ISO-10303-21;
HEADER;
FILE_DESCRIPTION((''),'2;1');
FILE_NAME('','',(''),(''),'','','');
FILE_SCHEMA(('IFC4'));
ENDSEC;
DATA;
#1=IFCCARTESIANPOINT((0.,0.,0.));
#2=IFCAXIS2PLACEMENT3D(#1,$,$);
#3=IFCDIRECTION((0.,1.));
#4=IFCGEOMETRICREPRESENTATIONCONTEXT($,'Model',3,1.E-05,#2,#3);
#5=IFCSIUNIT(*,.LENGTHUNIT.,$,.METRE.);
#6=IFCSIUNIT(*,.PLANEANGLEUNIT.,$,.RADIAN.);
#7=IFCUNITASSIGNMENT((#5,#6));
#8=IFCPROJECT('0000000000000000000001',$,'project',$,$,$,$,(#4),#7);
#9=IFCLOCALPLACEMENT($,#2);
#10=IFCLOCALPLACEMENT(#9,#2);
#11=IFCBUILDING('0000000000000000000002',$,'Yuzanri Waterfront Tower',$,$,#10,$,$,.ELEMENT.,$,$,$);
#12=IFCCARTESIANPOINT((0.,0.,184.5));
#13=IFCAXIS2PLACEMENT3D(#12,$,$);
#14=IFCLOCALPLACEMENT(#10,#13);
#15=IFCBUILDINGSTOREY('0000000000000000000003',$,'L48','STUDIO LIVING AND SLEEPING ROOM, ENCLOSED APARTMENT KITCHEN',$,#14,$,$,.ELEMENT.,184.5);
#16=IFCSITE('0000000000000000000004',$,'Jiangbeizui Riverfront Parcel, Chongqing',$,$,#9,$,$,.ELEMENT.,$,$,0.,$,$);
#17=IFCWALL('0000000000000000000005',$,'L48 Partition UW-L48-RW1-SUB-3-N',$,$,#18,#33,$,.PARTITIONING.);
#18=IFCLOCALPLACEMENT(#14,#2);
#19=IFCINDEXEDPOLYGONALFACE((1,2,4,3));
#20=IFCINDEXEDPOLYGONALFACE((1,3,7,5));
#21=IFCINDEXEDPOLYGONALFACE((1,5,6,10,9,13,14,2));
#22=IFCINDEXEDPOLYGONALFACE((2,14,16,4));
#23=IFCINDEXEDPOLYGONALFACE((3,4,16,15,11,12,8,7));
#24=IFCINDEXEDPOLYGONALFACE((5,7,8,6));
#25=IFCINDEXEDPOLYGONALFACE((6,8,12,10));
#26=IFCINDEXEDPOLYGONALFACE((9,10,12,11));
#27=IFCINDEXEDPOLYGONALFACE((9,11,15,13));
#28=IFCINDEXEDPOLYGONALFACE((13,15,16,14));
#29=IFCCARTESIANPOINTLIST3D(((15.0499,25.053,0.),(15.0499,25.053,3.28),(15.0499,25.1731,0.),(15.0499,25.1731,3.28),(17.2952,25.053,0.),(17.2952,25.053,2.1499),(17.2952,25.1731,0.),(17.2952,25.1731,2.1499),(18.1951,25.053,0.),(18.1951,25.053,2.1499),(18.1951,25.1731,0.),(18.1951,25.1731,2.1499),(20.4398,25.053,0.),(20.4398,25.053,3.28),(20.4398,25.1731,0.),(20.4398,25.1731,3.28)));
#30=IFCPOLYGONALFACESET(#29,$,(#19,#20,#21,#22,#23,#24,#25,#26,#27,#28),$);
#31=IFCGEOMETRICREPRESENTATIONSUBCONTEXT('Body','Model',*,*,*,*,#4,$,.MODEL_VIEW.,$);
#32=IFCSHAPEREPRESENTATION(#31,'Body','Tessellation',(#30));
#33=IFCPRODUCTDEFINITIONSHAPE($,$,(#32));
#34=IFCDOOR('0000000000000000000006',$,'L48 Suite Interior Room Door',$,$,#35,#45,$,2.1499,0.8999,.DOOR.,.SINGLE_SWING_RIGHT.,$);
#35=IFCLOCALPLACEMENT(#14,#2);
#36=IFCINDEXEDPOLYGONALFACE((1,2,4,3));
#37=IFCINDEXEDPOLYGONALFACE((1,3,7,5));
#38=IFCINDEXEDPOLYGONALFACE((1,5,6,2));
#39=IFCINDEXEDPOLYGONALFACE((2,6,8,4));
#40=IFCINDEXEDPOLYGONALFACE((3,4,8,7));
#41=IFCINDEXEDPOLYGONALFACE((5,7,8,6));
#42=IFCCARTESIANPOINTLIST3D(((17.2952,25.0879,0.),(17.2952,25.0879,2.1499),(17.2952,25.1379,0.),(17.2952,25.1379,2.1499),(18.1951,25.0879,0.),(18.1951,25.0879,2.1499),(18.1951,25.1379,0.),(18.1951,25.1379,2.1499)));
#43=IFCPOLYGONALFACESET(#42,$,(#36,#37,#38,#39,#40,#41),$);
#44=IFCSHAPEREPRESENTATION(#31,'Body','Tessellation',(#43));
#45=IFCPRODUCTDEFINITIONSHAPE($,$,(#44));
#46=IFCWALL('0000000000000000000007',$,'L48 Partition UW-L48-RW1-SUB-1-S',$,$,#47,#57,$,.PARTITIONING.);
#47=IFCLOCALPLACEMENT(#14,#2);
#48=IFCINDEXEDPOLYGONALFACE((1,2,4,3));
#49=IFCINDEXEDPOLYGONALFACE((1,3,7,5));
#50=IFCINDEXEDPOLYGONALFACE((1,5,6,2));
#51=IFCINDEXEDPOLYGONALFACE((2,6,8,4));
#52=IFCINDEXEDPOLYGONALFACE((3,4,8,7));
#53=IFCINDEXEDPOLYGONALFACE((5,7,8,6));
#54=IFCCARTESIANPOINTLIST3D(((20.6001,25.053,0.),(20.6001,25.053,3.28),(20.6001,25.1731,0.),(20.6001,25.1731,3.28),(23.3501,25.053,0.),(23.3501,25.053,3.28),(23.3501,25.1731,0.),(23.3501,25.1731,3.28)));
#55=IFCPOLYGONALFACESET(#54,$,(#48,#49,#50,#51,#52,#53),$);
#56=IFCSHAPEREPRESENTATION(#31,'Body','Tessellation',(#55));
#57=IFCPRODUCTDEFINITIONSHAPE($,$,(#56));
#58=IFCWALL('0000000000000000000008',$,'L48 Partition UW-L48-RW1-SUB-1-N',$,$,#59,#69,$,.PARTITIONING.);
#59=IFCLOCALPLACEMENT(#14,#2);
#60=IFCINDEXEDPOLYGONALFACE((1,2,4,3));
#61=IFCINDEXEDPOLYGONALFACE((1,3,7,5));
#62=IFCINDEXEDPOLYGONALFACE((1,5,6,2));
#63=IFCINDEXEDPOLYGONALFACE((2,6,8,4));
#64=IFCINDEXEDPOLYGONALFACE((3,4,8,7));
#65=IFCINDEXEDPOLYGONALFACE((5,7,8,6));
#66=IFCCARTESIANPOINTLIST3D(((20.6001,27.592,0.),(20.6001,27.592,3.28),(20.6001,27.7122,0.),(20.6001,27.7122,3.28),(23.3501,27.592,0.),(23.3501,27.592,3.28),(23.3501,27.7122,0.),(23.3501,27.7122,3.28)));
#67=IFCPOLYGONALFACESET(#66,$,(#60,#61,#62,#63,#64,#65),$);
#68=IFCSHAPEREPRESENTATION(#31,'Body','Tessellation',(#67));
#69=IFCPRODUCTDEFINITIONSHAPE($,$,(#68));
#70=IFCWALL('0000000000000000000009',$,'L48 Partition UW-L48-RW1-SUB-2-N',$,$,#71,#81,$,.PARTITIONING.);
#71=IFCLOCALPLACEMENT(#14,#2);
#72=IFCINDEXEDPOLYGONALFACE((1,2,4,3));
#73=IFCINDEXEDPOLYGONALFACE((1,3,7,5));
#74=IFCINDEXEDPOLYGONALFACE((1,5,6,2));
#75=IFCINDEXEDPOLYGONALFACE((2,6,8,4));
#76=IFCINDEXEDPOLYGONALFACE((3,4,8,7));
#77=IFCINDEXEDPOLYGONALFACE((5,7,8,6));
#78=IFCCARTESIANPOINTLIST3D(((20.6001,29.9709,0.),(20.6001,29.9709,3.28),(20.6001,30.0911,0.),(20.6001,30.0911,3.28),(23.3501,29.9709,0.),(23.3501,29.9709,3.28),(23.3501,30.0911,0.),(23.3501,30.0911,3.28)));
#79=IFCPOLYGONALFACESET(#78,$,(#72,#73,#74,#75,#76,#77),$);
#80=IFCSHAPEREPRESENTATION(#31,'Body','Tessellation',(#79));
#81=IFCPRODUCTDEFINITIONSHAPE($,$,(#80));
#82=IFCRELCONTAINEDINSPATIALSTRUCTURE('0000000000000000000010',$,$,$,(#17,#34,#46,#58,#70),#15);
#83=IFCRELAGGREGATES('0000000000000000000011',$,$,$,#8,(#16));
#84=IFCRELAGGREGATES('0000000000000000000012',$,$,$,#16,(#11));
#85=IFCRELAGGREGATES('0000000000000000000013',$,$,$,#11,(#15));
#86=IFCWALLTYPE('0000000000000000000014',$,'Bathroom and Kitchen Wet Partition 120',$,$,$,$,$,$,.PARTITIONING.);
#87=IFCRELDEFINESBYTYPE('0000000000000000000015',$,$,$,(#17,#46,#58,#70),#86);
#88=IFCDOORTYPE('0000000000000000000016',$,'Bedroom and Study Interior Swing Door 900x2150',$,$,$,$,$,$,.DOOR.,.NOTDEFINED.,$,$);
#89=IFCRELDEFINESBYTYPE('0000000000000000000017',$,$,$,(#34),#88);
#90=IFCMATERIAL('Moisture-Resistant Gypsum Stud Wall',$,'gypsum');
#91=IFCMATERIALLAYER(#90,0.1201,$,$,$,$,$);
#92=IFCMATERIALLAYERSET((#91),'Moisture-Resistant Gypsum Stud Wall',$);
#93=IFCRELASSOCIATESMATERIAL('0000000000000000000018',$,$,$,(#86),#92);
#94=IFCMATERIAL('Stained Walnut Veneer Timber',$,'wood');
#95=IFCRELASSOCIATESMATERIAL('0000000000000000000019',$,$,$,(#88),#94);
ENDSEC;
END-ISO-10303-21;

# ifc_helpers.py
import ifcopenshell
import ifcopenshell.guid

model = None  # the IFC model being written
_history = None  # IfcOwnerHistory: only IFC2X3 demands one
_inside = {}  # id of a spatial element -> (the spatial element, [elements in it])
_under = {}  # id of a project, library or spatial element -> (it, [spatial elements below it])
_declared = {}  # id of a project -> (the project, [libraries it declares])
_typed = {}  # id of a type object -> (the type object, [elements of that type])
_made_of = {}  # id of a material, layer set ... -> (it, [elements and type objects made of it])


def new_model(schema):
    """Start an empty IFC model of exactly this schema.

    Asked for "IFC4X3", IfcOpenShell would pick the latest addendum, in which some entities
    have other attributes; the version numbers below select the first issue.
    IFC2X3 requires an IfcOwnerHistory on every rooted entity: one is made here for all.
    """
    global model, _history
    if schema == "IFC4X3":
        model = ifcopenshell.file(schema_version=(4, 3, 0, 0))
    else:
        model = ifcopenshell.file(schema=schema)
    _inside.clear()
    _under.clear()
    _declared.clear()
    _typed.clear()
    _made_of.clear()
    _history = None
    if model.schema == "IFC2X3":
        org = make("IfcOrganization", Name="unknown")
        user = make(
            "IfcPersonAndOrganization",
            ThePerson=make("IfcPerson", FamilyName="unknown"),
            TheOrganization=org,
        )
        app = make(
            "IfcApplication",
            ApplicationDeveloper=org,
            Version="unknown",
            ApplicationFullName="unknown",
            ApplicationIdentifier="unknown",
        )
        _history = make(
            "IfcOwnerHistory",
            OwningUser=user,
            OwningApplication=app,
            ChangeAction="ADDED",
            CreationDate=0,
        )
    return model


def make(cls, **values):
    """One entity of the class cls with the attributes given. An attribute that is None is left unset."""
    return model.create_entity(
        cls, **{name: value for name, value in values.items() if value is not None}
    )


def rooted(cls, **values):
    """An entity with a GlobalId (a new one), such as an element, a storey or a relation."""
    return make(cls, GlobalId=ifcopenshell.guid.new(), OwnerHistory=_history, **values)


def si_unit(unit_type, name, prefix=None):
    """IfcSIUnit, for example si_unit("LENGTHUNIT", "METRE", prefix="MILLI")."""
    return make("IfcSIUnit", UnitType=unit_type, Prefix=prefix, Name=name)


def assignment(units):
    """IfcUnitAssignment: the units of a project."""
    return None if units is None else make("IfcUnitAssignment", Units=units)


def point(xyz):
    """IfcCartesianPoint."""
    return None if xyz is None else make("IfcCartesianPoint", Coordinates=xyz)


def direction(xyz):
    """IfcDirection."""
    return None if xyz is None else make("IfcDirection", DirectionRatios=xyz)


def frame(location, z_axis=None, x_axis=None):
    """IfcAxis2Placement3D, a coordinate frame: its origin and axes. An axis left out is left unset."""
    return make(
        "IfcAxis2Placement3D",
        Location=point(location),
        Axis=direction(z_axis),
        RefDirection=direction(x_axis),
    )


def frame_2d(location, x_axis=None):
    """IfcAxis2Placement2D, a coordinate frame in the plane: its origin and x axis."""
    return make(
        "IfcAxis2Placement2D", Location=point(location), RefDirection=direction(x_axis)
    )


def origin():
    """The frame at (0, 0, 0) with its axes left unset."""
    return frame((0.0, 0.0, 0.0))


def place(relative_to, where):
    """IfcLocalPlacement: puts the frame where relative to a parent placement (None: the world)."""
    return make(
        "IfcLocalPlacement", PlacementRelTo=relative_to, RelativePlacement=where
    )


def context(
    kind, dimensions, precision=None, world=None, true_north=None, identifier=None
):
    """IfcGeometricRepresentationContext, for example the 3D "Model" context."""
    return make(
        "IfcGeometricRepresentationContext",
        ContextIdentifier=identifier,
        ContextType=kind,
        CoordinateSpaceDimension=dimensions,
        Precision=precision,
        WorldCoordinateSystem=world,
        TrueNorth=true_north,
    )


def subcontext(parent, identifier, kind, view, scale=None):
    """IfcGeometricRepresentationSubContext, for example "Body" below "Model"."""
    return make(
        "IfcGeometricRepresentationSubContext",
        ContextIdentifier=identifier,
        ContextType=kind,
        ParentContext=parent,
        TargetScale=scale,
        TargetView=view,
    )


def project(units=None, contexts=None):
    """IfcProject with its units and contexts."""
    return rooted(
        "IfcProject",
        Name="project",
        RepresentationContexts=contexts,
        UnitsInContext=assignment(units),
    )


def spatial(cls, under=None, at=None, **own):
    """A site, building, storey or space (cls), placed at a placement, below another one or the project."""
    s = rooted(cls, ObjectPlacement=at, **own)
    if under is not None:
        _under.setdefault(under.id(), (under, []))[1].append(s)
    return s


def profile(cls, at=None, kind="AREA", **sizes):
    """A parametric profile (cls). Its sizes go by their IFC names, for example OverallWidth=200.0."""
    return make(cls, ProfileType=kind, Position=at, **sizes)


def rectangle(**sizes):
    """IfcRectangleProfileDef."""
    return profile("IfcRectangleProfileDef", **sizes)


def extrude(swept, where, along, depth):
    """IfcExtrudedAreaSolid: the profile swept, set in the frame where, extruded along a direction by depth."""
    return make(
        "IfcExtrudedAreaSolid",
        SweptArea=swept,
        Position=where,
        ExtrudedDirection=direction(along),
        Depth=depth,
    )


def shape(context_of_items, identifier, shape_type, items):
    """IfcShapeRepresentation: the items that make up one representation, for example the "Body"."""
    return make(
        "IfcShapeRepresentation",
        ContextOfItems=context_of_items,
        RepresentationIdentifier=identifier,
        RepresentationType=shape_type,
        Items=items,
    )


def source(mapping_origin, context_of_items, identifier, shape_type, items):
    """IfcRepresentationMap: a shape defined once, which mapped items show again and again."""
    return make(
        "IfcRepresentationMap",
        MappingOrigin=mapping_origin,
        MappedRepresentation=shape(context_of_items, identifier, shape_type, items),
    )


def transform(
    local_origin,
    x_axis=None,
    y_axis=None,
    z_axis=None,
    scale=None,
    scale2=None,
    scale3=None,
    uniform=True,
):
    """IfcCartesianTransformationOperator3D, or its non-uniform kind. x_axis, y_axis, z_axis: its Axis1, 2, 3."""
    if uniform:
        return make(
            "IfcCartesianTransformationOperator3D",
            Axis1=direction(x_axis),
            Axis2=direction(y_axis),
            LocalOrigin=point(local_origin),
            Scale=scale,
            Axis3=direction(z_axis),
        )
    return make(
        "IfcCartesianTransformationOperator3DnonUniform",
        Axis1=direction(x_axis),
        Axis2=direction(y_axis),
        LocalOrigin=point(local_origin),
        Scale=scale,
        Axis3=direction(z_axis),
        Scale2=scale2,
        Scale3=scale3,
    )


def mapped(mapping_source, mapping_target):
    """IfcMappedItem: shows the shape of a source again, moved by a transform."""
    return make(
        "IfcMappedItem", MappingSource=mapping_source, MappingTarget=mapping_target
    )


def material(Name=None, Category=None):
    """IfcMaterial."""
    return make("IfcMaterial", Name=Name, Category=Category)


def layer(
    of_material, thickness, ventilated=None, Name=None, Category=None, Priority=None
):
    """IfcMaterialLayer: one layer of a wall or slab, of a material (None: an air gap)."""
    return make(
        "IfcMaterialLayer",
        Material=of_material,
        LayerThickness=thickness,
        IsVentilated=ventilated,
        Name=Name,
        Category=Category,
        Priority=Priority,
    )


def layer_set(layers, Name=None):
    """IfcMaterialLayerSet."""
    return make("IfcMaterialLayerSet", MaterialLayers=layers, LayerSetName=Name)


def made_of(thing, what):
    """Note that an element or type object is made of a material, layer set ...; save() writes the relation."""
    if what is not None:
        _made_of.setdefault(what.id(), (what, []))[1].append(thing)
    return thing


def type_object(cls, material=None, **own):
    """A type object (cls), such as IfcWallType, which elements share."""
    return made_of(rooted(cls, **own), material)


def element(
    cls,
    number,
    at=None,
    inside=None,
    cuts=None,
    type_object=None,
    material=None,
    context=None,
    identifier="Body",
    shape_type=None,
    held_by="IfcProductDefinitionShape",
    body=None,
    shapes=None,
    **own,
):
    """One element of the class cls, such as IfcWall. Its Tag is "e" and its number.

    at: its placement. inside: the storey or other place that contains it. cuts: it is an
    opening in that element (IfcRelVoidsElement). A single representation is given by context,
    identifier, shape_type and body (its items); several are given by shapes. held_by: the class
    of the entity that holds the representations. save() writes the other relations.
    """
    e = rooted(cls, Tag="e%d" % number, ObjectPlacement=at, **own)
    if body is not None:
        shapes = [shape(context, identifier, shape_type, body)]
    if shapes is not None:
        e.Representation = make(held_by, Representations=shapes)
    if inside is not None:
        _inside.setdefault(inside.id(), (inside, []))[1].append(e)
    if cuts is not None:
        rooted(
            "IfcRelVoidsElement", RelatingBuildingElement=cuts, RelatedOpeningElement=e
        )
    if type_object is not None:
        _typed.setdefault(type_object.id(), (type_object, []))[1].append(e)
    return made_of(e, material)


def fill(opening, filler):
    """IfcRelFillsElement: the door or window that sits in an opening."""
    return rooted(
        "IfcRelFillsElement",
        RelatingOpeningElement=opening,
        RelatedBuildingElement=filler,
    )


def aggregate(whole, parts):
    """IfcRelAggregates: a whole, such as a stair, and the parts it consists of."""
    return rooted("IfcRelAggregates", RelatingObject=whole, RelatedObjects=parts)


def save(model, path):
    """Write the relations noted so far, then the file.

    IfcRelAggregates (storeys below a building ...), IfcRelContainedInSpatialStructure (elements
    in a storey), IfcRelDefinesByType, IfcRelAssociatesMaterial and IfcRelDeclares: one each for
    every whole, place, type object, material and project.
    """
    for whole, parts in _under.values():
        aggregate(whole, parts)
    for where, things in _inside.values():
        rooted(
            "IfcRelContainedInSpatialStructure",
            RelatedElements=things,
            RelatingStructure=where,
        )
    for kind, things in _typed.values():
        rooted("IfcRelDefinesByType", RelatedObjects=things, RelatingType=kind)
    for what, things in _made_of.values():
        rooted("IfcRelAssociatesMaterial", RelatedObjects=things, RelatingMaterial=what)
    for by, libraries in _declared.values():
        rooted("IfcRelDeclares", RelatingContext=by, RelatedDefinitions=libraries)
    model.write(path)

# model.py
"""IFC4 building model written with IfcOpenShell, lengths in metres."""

from ifc_helpers import new_model, si_unit, direction, frame, frame_2d, origin, place, context, subcontext, project, spatial, rectangle, extrude, source, transform, mapped, material, layer, layer_set, type_object, element, fill, save


model = new_model("IFC4")

# Units and contexts
model_context = context("Model", 3, precision=1e-05, world=origin(), true_north=direction((0.0, 1.0)))
body_context = subcontext(model_context, "Body", "Model", "MODEL_VIEW")
ifc_project = project(units=[si_unit("LENGTHUNIT", "METRE"), si_unit("PLANEANGLEUNIT", "RADIAN")], contexts=[model_context])

# Site, building, storey
site_placement = place(None, origin())
site = spatial("IfcSite", under=ifc_project, at=site_placement, Name="Jiangbeizui Riverfront Parcel, Chongqing", CompositionType="ELEMENT", RefElevation=0.0)
building_placement = place(site_placement, origin())
building = spatial("IfcBuilding", under=site, at=building_placement, Name="Yuzanri Waterfront Tower", CompositionType="ELEMENT")
storey_placement = place(building_placement, frame((0.0, 0.0, 184.5)))
storey = spatial("IfcBuildingStorey", under=building, at=storey_placement, Name="L48", Description="STUDIO LIVING AND SLEEPING ROOM, ENCLOSED APARTMENT KITCHEN", CompositionType="ELEMENT", Elevation=184.5)

# Wall, opening, door
ifc_material_1 = material(Name="Moisture-Resistant Gypsum Stud Wall", Category="gypsum")
ifc_layer_1 = layer(ifc_material_1, 0.1201)
ifc_layer_set_1 = layer_set([ifc_layer_1], Name="Moisture-Resistant Gypsum Stud Wall")
wall_type_1 = type_object("IfcWallType", Name="Bathroom and Kitchen Wet Partition 120", PredefinedType="PARTITIONING", material=ifc_layer_set_1)
wall_1_placement = place(storey_placement, frame((15.05, 25.113, 0.0), z_axis=(0.0, 0.0, 1.0), x_axis=(1.0, 0.0, 0.0)))
wall_1 = element("IfcWall", 1, at=wall_1_placement, inside=storey, type_object=wall_type_1, Name="L48 Partition UW-L48-RW1-SUB-3-N", PredefinedType="PARTITIONING", context=body_context, shape_type="SweptSolid", body=[
    extrude(rectangle(XDim=5.3899, YDim=0.1201, at=frame_2d((2.6948, 0.0))), origin(), (0.0, 0.0, 1.0), 3.28),
])
opening_1_placement = place(wall_1_placement, frame((2.2451, 0.0, 0.0)))
opening_1 = element("IfcOpeningElement", 2, at=opening_1_placement, cuts=wall_1, PredefinedType="OPENING", context=body_context, shape_type="SweptSolid", body=[
    extrude(rectangle(XDim=0.8999, YDim=2.1499, at=frame_2d((0.45, 1.075))), frame((0.0, 0.075, 0.0), z_axis=(0.0, -1.0, 0.0), x_axis=(1.0, 0.0, 0.0)), (0.0, 0.0, 1.0), 0.1499),
])
ifc_material_2 = material(Name="Stained Walnut Veneer Timber", Category="wood")
door_type_1 = type_object("IfcDoorType", Name="Bedroom and Study Interior Swing Door 900x2150", OperationType="NOTDEFINED", PredefinedType="DOOR", material=ifc_material_2)
shared_shape_1 = source(origin(), body_context, "Body", "SweptSolid", [
    extrude(rectangle(XDim=0.8999, YDim=2.1499, at=frame_2d((0.45, 1.075))), frame((0.0, 0.0249, 0.0), z_axis=(0.0, -1.0, 0.0), x_axis=(1.0, 0.0, 0.0)), (0.0, 0.0, 1.0), 0.05),
])
door_1_placement = place(opening_1_placement, origin())
door_1 = element("IfcDoor", 3, at=door_1_placement, inside=storey, type_object=door_type_1, Name="L48 Suite Interior Room Door", OperationType="SINGLE_SWING_RIGHT", OverallHeight=2.1499, OverallWidth=0.8999, PredefinedType="DOOR", context=body_context, shape_type="MappedRepresentation", body=[
    mapped(shared_shape_1, transform((0.0, 0.0, 0.0), scale=1.0)),
])
fill(opening_1, door_1)

# Walls
shared_shape_2 = source(origin(), body_context, "Body", "SweptSolid", [
    extrude(rectangle(XDim=2.75, YDim=0.1201, at=frame_2d((1.375, 0.0))), origin(), (0.0, 0.0, 1.0), 3.28),
])
for number, where, z_axis, x_axis, name in (
    (4, (20.6001, 25.113, 0.0), (0.0, 0.0, 1.0), (1.0, 0.0, 0.0), "L48 Partition UW-L48-RW1-SUB-1-S"),
    (5, (20.6001, 27.6521, 0.0), (0.0, 0.0, 1.0), (1.0, 0.0, 0.0), "L48 Partition UW-L48-RW1-SUB-1-N"),
    (6, (20.6001, 30.031, 0.0), (0.0, 0.0, 1.0), (1.0, 0.0, 0.0), "L48 Partition UW-L48-RW1-SUB-2-N"),
):
    element("IfcWall", number, at=place(storey_placement, frame(where, z_axis=z_axis, x_axis=x_axis)), inside=storey, type_object=wall_type_1, Name=name, PredefinedType="PARTITIONING", context=body_context, shape_type="MappedRepresentation", body=[
        mapped(shared_shape_2, transform((0.0, 0.0, 0.0), scale=1.0)),
    ])

save(model, "model.ifc")
